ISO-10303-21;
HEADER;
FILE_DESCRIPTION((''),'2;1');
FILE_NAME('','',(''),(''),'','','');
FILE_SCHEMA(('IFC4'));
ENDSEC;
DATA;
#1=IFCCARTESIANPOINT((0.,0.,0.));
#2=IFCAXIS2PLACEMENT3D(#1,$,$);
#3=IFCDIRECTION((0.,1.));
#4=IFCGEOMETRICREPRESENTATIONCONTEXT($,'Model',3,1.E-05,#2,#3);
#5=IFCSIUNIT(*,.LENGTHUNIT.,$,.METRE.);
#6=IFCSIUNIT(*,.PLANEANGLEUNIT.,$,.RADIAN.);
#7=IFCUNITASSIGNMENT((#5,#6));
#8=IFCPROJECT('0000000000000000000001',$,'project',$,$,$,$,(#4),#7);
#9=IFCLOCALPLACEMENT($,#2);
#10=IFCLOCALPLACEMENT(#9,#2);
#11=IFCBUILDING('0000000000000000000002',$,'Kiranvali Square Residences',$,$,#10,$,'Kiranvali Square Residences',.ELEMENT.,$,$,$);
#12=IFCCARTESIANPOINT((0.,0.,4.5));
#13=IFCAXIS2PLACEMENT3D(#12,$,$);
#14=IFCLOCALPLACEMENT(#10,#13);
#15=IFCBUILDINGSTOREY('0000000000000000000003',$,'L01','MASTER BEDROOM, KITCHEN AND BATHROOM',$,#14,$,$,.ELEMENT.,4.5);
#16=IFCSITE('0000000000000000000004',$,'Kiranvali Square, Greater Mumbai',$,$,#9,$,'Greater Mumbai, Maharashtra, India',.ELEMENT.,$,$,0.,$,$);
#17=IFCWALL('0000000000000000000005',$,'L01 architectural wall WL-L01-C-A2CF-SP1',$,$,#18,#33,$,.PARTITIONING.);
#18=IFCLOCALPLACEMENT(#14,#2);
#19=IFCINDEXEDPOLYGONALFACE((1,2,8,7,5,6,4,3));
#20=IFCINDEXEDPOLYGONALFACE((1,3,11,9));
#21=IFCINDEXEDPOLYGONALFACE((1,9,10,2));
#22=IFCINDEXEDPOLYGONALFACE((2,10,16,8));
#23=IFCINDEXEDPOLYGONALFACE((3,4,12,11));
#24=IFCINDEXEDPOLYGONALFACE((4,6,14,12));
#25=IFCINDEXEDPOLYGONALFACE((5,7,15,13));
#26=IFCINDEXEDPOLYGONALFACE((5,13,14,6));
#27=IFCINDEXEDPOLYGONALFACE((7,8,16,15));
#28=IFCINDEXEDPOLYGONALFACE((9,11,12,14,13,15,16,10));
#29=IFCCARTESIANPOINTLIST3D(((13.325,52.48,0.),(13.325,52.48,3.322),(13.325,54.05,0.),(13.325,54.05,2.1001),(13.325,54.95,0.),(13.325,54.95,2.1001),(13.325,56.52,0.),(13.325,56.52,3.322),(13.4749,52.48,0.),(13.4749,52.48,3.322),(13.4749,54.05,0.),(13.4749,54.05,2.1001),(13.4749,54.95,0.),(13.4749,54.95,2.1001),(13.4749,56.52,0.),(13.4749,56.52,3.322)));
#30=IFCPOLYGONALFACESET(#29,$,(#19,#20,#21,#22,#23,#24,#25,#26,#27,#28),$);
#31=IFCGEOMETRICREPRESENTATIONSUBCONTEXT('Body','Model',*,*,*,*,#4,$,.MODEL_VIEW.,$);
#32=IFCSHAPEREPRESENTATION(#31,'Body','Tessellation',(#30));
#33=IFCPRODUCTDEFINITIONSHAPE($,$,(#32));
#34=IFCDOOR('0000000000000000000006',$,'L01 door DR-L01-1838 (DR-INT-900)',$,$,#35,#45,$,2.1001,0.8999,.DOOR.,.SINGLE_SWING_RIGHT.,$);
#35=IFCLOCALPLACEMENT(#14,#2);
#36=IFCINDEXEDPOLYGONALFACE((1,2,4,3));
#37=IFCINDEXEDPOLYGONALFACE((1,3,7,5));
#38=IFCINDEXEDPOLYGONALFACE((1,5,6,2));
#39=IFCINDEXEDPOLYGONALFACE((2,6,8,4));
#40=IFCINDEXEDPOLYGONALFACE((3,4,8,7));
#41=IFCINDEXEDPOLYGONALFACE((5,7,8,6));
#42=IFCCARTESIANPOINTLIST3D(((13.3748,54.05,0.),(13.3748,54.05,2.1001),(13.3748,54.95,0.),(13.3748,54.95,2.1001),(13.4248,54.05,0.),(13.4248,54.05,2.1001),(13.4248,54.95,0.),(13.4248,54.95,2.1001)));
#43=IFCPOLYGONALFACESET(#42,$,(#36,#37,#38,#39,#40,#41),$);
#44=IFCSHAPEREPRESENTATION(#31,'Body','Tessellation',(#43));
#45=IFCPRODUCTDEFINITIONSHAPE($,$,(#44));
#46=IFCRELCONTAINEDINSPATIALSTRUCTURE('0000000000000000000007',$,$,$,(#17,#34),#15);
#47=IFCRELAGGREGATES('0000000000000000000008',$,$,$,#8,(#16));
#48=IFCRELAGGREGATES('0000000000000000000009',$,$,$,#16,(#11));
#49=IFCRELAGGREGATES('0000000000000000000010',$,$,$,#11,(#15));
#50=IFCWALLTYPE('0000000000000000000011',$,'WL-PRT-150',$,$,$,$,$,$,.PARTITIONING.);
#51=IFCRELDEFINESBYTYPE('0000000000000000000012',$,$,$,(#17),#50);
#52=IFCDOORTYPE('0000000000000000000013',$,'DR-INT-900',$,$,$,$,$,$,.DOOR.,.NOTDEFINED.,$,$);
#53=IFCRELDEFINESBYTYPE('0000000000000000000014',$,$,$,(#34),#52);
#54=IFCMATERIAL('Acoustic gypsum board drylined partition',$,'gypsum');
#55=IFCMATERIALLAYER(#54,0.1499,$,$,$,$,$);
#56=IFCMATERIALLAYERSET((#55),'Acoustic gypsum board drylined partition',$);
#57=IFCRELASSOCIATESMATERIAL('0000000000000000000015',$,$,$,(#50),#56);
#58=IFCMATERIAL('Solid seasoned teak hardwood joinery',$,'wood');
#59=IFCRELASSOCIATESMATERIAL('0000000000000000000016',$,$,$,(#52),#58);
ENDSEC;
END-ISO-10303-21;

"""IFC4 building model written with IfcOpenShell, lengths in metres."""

from ifc_helpers import new_model, si_unit, direction, frame, frame_2d, origin, place, context, subcontext, project, spatial, rectangle, extrude, material, layer, layer_set, type_object, element, fill, save


model = new_model("IFC4")

# Units and contexts
model_context = context("Model", 3, precision=1e-05, world=origin(), true_north=direction((0.0, 1.0)))
body_context = subcontext(model_context, "Body", "Model", "MODEL_VIEW")
ifc_project = project(units=[si_unit("LENGTHUNIT", "METRE"), si_unit("PLANEANGLEUNIT", "RADIAN")], contexts=[model_context])

# Site, building, storey
site_placement = place(None, origin())
site = spatial("IfcSite", under=ifc_project, at=site_placement, Name="Kiranvali Square, Greater Mumbai", LongName="Greater Mumbai, Maharashtra, India", CompositionType="ELEMENT", RefElevation=0.0)
building_placement = place(site_placement, origin())
building = spatial("IfcBuilding", under=site, at=building_placement, Name="Kiranvali Square Residences", LongName="Kiranvali Square Residences", CompositionType="ELEMENT")
storey_placement = place(building_placement, frame((0.0, 0.0, 4.5)))
storey = spatial("IfcBuildingStorey", under=building, at=storey_placement, Name="L01", Description="MASTER BEDROOM, KITCHEN AND BATHROOM", CompositionType="ELEMENT", Elevation=4.5)

# Wall, opening, door
ifc_material_1 = material(Name="Acoustic gypsum board drylined partition", Category="gypsum")
ifc_layer_1 = layer(ifc_material_1, 0.1499)
ifc_layer_set_1 = layer_set([ifc_layer_1], Name="Acoustic gypsum board drylined partition")
wall_type = type_object("IfcWallType", Name="WL-PRT-150", PredefinedType="PARTITIONING", material=ifc_layer_set_1)
wall_placement = place(storey_placement, frame((13.3999, 52.48, 0.0), z_axis=(0.0, 0.0, 1.0), x_axis=(0.0, 1.0, 0.0)))
wall = element("IfcWall", 1, at=wall_placement, inside=storey, type_object=wall_type, Name="L01 architectural wall WL-L01-C-A2CF-SP1", PredefinedType="PARTITIONING", context=body_context, shape_type="SweptSolid", body=[
    extrude(rectangle(XDim=4.04, YDim=0.1499, at=frame_2d((2.02, 0.0))), origin(), (0.0, 0.0, 1.0), 3.322),
])
opening_placement = place(wall_placement, frame((1.5701, 0.0, 0.0)))
opening = element("IfcOpeningElement", 2, at=opening_placement, cuts=wall, PredefinedType="OPENING", context=body_context, shape_type="SweptSolid", body=[
    extrude(rectangle(XDim=0.8999, YDim=2.1001, at=frame_2d((0.45, 1.05))), frame((0.0, 0.085, 0.0), z_axis=(0.0, -1.0, 0.0), x_axis=(1.0, 0.0, 0.0)), (0.0, 0.0, 1.0), 0.1699),
])
ifc_material_2 = material(Name="Solid seasoned teak hardwood joinery", Category="wood")
door_type = type_object("IfcDoorType", Name="DR-INT-900", OperationType="NOTDEFINED", PredefinedType="DOOR", material=ifc_material_2)
door_placement = place(opening_placement, frame((0.8999, 0.0, 0.0), z_axis=(0.0, 0.0, 1.0), x_axis=(-1.0, 0.0, 0.0)))
door = element("IfcDoor", 3, at=door_placement, inside=storey, type_object=door_type, Name="L01 door DR-L01-1838 (DR-INT-900)", OperationType="SINGLE_SWING_RIGHT", OverallHeight=2.1001, OverallWidth=0.8999, PredefinedType="DOOR", context=body_context, shape_type="SweptSolid", body=[
    extrude(rectangle(XDim=0.8999, YDim=2.1001, at=frame_2d((0.45, 1.05))), frame((0.0, 0.0249, 0.0), z_axis=(0.0, -1.0, 0.0), x_axis=(1.0, 0.0, 0.0)), (0.0, 0.0, 1.0), 0.05),
])
fill(opening, door)

save(model, "model.ifc")
